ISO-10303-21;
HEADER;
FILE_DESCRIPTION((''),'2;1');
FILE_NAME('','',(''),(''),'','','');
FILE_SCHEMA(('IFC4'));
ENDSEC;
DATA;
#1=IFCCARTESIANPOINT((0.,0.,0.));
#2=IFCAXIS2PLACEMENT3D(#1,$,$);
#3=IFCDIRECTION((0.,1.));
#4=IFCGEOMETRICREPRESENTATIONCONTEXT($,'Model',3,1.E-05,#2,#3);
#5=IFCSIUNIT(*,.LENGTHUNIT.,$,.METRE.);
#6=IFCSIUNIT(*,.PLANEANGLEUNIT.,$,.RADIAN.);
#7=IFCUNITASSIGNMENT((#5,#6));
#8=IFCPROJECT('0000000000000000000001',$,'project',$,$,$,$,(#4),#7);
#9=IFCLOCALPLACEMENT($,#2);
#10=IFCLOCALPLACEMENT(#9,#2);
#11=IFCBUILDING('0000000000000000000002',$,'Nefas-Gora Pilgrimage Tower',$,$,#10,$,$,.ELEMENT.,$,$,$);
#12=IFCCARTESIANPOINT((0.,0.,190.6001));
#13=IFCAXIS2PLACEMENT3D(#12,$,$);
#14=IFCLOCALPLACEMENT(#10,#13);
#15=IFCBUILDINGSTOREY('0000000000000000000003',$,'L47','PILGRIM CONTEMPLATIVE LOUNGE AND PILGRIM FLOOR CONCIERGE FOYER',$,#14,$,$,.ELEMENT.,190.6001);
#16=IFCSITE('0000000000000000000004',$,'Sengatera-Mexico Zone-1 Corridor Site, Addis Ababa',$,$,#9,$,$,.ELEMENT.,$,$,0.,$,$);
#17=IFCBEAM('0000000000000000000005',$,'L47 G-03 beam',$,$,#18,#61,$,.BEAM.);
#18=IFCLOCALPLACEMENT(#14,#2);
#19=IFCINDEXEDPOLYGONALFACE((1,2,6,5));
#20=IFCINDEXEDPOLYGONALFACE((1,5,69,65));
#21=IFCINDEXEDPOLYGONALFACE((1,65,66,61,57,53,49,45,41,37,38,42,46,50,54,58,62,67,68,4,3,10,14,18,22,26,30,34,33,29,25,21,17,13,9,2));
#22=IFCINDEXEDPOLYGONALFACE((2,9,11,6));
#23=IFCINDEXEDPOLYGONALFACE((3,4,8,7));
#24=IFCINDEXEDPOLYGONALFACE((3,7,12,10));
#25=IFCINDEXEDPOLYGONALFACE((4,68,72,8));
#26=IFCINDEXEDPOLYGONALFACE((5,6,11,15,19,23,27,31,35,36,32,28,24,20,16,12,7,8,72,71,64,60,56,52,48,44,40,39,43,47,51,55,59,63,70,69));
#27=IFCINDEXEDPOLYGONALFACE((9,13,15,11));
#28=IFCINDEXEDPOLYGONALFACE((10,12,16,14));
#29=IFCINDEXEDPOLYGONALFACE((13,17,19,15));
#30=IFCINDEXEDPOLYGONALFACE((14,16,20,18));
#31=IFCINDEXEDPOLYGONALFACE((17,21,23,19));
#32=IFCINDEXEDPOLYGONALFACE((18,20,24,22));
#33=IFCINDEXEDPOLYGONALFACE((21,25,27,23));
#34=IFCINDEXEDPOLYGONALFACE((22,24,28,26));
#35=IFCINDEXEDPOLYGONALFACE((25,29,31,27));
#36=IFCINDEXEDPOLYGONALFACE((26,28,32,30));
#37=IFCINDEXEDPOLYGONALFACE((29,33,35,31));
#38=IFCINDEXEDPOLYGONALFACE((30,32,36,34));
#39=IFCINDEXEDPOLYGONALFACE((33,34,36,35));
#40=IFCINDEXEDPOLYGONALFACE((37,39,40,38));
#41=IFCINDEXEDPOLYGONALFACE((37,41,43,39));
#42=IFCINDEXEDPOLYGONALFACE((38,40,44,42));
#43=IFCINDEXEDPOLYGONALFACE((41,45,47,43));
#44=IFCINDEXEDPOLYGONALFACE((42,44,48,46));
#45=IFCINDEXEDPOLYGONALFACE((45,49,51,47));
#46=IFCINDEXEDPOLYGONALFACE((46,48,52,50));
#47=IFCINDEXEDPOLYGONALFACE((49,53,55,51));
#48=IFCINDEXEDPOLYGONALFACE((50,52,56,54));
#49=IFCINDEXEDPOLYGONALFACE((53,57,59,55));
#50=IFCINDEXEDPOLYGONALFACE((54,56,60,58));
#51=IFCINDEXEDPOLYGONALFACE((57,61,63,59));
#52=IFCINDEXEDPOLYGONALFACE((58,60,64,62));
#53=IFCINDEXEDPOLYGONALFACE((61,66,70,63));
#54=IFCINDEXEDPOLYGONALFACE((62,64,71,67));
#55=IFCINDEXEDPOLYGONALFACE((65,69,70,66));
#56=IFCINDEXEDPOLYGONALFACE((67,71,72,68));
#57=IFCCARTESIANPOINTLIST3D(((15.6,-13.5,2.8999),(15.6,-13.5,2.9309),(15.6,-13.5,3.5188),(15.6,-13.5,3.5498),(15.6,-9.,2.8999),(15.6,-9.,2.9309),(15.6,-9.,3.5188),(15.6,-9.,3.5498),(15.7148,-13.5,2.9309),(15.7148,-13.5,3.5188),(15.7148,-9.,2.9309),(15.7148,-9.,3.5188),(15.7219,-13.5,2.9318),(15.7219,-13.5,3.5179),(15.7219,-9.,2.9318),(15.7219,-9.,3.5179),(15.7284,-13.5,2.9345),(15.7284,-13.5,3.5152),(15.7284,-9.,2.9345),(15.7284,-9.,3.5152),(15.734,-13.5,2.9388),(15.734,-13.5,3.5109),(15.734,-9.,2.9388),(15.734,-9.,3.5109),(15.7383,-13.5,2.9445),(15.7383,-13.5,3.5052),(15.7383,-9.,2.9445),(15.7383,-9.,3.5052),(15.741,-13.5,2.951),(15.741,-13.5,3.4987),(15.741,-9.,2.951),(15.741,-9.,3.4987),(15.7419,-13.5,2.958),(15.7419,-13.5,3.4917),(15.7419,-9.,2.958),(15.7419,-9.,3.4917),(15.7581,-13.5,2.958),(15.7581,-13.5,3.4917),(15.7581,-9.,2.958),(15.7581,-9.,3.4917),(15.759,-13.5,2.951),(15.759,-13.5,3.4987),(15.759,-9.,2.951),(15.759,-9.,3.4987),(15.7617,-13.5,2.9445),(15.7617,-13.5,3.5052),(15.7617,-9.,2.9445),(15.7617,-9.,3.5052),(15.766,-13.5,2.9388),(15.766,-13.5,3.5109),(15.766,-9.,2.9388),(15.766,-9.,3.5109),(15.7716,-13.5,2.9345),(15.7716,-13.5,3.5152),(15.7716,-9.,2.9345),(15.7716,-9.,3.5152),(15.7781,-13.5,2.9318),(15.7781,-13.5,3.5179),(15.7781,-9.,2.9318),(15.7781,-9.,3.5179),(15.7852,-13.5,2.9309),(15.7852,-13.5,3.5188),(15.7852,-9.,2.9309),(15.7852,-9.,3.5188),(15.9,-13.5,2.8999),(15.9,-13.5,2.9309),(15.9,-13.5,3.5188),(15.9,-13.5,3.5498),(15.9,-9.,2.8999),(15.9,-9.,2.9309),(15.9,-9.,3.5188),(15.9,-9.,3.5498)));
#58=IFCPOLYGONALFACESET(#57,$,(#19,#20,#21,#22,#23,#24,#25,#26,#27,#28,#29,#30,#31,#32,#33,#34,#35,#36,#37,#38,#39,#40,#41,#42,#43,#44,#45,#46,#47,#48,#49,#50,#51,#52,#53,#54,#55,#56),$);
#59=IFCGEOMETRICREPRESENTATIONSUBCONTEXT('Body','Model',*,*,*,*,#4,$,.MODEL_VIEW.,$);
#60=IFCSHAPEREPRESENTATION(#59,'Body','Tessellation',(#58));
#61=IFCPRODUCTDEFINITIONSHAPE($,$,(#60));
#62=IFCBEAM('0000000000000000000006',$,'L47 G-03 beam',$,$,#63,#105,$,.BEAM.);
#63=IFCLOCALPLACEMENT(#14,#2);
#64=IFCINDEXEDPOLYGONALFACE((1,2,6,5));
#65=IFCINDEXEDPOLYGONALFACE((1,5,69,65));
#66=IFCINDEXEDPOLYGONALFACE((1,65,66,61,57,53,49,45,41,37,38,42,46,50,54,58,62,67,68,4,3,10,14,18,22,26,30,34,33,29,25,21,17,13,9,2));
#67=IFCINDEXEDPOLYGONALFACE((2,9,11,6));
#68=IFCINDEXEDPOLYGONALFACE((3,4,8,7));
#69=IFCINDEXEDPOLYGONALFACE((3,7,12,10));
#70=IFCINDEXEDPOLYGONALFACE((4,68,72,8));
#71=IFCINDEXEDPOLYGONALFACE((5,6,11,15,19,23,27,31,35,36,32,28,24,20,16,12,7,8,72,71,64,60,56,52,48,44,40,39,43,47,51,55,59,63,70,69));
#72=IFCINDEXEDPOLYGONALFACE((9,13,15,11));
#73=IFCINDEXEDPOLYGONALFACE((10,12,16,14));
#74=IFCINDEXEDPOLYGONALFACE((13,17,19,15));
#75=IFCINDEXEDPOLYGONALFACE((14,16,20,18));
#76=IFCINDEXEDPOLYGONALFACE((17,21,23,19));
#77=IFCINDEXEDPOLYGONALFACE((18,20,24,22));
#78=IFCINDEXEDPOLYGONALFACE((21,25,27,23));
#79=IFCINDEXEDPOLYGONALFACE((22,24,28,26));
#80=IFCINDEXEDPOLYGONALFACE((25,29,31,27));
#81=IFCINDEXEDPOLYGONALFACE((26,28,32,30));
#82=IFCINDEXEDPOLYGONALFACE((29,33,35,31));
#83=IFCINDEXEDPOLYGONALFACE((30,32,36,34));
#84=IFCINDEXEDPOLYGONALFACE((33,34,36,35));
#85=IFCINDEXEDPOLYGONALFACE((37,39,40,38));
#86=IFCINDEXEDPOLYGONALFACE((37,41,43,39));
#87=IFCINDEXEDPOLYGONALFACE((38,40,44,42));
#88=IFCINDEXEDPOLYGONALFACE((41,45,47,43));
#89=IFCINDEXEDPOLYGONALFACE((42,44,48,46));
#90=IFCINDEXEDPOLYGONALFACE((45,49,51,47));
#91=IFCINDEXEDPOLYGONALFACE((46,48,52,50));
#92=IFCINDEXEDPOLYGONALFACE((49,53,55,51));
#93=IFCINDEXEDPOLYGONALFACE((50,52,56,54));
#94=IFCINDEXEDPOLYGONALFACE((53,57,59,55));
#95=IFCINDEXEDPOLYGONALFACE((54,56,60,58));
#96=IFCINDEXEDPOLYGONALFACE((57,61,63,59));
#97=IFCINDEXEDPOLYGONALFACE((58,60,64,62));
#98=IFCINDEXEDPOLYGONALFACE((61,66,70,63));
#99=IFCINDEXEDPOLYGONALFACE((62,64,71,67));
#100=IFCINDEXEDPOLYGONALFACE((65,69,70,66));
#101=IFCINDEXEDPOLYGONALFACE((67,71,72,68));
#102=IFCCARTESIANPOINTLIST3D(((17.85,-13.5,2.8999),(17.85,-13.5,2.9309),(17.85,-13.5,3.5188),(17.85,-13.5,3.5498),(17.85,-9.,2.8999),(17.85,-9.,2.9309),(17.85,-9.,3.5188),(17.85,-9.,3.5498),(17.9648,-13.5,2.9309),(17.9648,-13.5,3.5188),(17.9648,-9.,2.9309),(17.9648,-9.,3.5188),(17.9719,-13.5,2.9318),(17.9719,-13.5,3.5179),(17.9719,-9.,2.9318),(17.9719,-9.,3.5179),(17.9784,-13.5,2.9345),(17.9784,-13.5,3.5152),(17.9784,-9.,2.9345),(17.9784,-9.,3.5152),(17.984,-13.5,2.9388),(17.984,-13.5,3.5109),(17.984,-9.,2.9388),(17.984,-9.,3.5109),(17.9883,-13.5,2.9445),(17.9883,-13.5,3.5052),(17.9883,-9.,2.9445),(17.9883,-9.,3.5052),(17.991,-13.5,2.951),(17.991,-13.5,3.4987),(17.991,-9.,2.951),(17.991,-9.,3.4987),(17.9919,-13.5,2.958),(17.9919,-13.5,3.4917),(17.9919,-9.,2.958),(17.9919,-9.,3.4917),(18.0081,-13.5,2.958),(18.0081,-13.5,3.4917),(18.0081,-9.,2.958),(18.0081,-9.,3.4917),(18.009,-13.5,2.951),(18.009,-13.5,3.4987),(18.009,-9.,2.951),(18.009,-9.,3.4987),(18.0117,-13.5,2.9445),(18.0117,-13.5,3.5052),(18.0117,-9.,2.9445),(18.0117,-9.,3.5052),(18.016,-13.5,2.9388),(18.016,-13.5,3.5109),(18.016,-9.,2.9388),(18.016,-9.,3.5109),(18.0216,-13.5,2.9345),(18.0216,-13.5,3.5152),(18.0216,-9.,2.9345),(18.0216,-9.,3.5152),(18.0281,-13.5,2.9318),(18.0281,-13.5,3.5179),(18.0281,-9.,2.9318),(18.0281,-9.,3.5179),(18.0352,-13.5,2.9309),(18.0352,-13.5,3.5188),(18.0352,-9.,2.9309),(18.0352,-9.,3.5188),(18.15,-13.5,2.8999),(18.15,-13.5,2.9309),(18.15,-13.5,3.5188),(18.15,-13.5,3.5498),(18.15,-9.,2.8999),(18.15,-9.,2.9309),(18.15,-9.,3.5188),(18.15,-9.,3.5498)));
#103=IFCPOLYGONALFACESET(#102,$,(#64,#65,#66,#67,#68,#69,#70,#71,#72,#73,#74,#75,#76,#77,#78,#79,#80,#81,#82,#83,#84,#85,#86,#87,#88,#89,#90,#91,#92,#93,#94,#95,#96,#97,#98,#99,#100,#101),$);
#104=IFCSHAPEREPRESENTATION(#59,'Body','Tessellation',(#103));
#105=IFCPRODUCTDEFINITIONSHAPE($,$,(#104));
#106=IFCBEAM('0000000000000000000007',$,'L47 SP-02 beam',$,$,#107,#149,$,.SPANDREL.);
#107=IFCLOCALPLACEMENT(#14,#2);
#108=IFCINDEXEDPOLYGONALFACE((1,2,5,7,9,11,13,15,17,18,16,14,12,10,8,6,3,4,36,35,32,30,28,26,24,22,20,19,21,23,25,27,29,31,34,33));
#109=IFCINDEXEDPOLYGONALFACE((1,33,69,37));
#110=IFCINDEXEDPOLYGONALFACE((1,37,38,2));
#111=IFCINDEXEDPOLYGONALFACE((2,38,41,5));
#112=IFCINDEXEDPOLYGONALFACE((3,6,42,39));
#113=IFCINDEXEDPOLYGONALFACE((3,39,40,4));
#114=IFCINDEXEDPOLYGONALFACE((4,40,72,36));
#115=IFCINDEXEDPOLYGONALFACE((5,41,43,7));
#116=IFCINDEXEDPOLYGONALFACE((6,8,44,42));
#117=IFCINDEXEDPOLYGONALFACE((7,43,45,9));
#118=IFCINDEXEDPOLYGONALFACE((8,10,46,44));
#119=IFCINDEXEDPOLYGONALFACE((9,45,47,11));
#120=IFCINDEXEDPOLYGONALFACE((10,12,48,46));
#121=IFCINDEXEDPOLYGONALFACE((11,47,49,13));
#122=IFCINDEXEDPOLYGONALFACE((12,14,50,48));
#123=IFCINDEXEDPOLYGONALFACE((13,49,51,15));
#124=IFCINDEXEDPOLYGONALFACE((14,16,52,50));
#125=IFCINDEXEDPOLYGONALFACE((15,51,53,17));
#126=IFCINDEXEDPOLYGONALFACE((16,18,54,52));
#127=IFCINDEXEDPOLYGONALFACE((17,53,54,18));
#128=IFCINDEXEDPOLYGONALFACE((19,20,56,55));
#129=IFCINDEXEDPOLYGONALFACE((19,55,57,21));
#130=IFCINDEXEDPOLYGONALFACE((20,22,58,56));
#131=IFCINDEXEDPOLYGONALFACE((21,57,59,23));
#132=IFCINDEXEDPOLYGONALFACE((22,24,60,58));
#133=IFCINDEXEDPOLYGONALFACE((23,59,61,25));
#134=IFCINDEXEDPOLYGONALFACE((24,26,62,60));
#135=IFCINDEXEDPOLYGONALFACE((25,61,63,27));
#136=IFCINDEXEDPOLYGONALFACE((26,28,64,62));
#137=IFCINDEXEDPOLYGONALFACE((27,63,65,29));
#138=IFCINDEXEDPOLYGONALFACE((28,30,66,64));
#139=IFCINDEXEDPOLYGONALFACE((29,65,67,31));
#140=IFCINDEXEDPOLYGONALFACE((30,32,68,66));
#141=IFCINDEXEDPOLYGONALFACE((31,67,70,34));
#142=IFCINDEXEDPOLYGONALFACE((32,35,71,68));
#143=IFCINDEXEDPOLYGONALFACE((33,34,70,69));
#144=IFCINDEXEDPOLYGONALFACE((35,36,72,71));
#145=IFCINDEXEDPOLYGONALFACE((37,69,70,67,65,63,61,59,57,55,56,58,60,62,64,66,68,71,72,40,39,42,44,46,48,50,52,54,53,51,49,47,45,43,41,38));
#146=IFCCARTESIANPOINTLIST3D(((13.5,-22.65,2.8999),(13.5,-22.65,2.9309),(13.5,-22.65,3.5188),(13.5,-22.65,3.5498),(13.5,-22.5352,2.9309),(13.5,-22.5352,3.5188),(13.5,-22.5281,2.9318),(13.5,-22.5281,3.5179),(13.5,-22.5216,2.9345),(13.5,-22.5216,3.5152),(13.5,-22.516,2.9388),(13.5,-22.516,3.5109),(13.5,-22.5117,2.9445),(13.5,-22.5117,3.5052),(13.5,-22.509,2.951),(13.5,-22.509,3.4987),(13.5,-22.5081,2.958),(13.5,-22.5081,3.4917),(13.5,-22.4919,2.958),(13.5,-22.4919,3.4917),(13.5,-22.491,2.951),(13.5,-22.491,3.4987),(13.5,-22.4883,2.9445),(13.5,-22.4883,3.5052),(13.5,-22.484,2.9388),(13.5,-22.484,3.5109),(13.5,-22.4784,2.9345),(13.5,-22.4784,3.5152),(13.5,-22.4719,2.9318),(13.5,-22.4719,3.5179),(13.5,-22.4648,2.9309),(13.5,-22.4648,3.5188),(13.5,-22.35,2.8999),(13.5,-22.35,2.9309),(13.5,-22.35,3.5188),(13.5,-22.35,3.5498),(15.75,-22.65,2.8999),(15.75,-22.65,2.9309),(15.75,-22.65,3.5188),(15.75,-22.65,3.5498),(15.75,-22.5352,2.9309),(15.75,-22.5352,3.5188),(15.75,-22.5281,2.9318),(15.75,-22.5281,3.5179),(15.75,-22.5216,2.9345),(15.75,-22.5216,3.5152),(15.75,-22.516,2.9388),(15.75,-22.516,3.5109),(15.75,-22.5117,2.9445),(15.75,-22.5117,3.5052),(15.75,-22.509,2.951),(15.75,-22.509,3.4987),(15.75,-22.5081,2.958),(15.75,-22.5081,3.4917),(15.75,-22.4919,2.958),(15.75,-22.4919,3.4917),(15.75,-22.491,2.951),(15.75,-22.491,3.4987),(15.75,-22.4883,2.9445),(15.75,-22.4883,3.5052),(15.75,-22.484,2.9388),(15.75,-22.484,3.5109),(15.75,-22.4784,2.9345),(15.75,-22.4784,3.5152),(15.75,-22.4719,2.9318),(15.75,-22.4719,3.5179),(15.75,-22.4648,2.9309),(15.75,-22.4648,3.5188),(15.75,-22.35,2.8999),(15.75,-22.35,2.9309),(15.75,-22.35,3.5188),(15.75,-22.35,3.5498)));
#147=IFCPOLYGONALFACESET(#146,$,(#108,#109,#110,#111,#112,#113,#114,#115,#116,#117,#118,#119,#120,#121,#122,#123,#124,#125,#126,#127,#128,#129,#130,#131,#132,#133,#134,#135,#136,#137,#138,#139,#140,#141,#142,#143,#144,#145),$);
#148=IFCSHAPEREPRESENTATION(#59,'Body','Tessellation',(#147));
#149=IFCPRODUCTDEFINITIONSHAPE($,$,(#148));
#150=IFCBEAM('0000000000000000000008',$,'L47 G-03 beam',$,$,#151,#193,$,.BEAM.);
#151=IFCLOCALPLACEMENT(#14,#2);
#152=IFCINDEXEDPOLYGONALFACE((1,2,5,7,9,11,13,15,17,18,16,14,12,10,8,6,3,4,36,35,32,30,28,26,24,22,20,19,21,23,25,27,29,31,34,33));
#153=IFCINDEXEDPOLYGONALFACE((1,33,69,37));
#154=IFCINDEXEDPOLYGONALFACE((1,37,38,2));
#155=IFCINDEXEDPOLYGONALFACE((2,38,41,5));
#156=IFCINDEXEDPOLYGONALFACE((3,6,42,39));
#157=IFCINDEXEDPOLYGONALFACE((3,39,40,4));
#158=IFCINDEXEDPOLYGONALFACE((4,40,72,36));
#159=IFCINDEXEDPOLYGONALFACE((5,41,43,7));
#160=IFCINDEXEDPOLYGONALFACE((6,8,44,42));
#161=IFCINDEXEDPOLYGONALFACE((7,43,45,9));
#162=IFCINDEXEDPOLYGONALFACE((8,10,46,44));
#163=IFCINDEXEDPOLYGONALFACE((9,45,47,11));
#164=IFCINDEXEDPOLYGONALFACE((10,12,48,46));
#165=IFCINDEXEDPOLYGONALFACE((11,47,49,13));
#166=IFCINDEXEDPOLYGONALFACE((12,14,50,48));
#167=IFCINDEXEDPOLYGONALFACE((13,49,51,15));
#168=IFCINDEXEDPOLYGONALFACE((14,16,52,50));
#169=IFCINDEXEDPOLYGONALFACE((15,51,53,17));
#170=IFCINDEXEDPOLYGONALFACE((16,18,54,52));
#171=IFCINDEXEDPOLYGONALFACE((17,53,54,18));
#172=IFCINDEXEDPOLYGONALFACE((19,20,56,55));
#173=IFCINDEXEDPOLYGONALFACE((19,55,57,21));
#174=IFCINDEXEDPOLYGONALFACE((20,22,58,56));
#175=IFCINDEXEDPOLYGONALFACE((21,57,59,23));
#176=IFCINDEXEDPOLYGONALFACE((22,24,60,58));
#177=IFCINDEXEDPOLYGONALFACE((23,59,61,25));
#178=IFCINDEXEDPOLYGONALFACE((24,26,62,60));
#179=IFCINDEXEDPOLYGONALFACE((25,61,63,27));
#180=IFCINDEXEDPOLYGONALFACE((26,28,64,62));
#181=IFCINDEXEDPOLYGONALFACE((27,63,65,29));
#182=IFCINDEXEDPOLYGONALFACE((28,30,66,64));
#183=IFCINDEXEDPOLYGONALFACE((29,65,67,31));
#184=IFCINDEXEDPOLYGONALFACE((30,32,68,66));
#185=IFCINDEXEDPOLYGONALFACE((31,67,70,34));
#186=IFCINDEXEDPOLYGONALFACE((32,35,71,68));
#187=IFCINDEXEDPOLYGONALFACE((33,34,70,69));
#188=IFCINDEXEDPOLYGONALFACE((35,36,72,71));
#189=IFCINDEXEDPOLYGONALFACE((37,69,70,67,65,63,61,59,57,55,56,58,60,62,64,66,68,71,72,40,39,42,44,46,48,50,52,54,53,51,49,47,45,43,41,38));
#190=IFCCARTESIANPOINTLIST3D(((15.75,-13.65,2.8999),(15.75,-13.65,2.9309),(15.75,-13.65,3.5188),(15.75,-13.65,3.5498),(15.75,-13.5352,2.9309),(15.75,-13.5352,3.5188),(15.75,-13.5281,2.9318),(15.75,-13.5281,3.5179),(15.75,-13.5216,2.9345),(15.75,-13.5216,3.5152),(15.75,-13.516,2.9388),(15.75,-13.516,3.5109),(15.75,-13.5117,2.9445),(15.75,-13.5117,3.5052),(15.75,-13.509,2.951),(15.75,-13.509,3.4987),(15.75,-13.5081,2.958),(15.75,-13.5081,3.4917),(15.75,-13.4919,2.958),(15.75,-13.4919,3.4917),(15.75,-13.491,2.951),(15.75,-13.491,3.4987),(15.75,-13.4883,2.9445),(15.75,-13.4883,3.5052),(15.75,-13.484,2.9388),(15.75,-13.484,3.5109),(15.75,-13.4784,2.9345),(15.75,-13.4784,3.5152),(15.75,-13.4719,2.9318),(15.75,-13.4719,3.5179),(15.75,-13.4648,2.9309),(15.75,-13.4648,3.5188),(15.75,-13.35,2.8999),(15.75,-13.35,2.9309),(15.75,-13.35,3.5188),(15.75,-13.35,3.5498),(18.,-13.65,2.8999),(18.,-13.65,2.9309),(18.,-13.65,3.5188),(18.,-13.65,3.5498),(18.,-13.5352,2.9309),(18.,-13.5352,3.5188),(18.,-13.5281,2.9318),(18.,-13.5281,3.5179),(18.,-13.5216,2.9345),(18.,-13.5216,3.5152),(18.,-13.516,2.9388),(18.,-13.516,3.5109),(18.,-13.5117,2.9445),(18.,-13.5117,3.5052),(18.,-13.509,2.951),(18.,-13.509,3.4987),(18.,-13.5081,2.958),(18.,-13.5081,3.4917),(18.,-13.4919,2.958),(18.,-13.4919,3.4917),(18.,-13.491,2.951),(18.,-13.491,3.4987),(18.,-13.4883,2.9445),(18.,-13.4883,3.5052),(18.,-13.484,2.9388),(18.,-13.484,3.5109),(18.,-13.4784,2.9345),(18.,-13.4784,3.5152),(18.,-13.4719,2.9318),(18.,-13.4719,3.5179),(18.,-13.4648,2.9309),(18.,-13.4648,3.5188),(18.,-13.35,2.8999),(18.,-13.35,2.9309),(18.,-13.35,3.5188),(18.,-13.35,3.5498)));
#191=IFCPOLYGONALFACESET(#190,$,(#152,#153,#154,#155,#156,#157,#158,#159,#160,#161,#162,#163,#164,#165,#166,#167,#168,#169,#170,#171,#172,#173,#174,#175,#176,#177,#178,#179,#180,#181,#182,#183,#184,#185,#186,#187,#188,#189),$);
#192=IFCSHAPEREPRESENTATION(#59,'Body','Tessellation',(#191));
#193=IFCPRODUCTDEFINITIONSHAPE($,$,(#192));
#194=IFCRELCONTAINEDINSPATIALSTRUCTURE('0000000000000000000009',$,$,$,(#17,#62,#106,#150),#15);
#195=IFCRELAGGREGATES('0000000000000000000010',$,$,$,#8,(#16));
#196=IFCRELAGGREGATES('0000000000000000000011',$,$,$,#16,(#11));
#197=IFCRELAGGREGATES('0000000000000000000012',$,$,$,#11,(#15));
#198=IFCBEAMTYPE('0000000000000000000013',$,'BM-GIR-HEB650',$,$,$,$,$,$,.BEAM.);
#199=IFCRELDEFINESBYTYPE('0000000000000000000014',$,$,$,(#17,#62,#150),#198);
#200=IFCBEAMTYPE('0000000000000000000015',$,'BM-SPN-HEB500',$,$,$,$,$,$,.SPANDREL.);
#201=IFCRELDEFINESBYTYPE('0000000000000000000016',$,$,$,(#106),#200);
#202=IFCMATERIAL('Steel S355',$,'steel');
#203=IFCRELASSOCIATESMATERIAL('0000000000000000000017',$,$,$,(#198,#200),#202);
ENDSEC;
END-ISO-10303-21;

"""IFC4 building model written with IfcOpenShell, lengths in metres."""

from ifc_helpers import new_model, si_unit, direction, frame, origin, origin_2d, place, context, subcontext, project, spatial, i_section, extrude, source, transform, mapped, material, material_profile, profile_set, type_object, element, save


model = new_model("IFC4")

# Units and contexts
model_context = context("Model", 3, precision=1e-05, world=origin(), true_north=direction((0.0, 1.0)))
body_context = subcontext(model_context, "Body", "Model", "MODEL_VIEW")
ifc_project = project(units=[si_unit("LENGTHUNIT", "METRE"), si_unit("PLANEANGLEUNIT", "RADIAN")], contexts=[model_context])

# Site, building, storey
site_placement = place(None, origin())
site = spatial("IfcSite", under=ifc_project, at=site_placement, Name="Sengatera-Mexico Zone-1 Corridor Site, Addis Ababa", CompositionType="ELEMENT", RefElevation=0.0)
building_placement = place(site_placement, origin())
building = spatial("IfcBuilding", under=site, at=building_placement, Name="Nefas-Gora Pilgrimage Tower", CompositionType="ELEMENT")
storey_placement = place(building_placement, frame((0.0, 0.0, 190.6001)))
storey = spatial("IfcBuildingStorey", under=building, at=storey_placement, Name="L47", Description="PILGRIM CONTEMPLATIVE LOUNGE AND PILGRIM FLOOR CONCIERGE FOYER", CompositionType="ELEMENT", Elevation=190.6001)

# Beams
ifc_material_1 = material(Name="Steel S355", Category="steel")
ifc_material_profile_1 = material_profile(ifc_material_1, i_section(OverallWidth=0.3, OverallDepth=0.6499, WebThickness=0.0161, FlangeThickness=0.031, FilletRadius=0.0271, at=origin_2d()), Name="HEB 650")
ifc_profile_set_1 = profile_set([ifc_material_profile_1], Name="Steel S355")
beam_type_1 = type_object("IfcBeamType", Name="BM-GIR-HEB650", PredefinedType="BEAM", material=ifc_profile_set_1)
shared_shape_1 = source(origin(), body_context, "Body", "SweptSolid", [
    extrude(i_section(OverallWidth=0.3, OverallDepth=0.6499, WebThickness=0.0161, FlangeThickness=0.031, FilletRadius=0.0271, at=origin_2d()), origin(), (0.0, 0.0, 1.0), 4.5),
])
for number, where, z_axis, x_axis, name in (
    (1, (15.75, -13.5, 3.2249), (0.0, 1.0, 0.0), (-1.0, 0.0, 0.0), "L47 G-03 beam"),
    (2, (18.0, -13.5, 3.2249), (0.0, 1.0, 0.0), (-1.0, 0.0, 0.0), "L47 G-03 beam"),
):
    element("IfcBeam", number, at=place(storey_placement, frame(where, z_axis=z_axis, x_axis=x_axis)), inside=storey, type_object=beam_type_1, Name=name, PredefinedType="BEAM", context=body_context, shape_type="MappedRepresentation", body=[
        mapped(shared_shape_1, transform((0.0, 0.0, 0.0), x_axis=(1.0, 0.0, 0.0), y_axis=(0.0, 1.0, 0.0), z_axis=(0.0, 0.0, 1.0), scale=1.0)),
    ])
ifc_material_profile_2 = material_profile(ifc_material_1, i_section(OverallWidth=0.3, OverallDepth=0.6499, WebThickness=0.0161, FlangeThickness=0.031, FilletRadius=0.0271, at=origin_2d()), Name="HEB 650")
ifc_profile_set_2 = profile_set([ifc_material_profile_2], Name="Steel S355")
beam_type_2 = type_object("IfcBeamType", Name="BM-SPN-HEB500", PredefinedType="SPANDREL", material=ifc_profile_set_2)
shared_shape_2 = source(origin(), body_context, "Body", "SweptSolid", [
    extrude(i_section(OverallWidth=0.3, OverallDepth=0.6499, WebThickness=0.0161, FlangeThickness=0.031, FilletRadius=0.0271, at=origin_2d()), origin(), (0.0, 0.0, 1.0), 2.25),
])
beam_1_placement = place(storey_placement, frame((13.5, -22.5, 3.2249), z_axis=(1.0, 0.0, 0.0), x_axis=(0.0, 1.0, 0.0)))
element("IfcBeam", 3, at=beam_1_placement, inside=storey, type_object=beam_type_2, Name="L47 SP-02 beam", PredefinedType="SPANDREL", context=body_context, shape_type="MappedRepresentation", body=[
    mapped(shared_shape_2, transform((0.0, 0.0, 0.0), x_axis=(1.0, 0.0, 0.0), y_axis=(0.0, 1.0, 0.0), z_axis=(0.0, 0.0, 1.0), scale=1.0)),
])
shared_shape_3 = source(origin(), body_context, "Body", "SweptSolid", [
    extrude(i_section(OverallWidth=0.3, OverallDepth=0.6499, WebThickness=0.0161, FlangeThickness=0.031, FilletRadius=0.0271, at=origin_2d()), origin(), (0.0, 0.0, 1.0), 2.25),
])
beam_2_placement = place(storey_placement, frame((15.75, -13.5, 3.2249), z_axis=(1.0, 0.0, 0.0), x_axis=(0.0, 1.0, 0.0)))
element("IfcBeam", 4, at=beam_2_placement, inside=storey, type_object=beam_type_1, Name="L47 G-03 beam", PredefinedType="BEAM", context=body_context, shape_type="MappedRepresentation", body=[
    mapped(shared_shape_3, transform((0.0, 0.0, 0.0), x_axis=(1.0, 0.0, 0.0), y_axis=(0.0, 1.0, 0.0), z_axis=(0.0, 0.0, 1.0), scale=1.0)),
])

save(model, "model.ifc")
